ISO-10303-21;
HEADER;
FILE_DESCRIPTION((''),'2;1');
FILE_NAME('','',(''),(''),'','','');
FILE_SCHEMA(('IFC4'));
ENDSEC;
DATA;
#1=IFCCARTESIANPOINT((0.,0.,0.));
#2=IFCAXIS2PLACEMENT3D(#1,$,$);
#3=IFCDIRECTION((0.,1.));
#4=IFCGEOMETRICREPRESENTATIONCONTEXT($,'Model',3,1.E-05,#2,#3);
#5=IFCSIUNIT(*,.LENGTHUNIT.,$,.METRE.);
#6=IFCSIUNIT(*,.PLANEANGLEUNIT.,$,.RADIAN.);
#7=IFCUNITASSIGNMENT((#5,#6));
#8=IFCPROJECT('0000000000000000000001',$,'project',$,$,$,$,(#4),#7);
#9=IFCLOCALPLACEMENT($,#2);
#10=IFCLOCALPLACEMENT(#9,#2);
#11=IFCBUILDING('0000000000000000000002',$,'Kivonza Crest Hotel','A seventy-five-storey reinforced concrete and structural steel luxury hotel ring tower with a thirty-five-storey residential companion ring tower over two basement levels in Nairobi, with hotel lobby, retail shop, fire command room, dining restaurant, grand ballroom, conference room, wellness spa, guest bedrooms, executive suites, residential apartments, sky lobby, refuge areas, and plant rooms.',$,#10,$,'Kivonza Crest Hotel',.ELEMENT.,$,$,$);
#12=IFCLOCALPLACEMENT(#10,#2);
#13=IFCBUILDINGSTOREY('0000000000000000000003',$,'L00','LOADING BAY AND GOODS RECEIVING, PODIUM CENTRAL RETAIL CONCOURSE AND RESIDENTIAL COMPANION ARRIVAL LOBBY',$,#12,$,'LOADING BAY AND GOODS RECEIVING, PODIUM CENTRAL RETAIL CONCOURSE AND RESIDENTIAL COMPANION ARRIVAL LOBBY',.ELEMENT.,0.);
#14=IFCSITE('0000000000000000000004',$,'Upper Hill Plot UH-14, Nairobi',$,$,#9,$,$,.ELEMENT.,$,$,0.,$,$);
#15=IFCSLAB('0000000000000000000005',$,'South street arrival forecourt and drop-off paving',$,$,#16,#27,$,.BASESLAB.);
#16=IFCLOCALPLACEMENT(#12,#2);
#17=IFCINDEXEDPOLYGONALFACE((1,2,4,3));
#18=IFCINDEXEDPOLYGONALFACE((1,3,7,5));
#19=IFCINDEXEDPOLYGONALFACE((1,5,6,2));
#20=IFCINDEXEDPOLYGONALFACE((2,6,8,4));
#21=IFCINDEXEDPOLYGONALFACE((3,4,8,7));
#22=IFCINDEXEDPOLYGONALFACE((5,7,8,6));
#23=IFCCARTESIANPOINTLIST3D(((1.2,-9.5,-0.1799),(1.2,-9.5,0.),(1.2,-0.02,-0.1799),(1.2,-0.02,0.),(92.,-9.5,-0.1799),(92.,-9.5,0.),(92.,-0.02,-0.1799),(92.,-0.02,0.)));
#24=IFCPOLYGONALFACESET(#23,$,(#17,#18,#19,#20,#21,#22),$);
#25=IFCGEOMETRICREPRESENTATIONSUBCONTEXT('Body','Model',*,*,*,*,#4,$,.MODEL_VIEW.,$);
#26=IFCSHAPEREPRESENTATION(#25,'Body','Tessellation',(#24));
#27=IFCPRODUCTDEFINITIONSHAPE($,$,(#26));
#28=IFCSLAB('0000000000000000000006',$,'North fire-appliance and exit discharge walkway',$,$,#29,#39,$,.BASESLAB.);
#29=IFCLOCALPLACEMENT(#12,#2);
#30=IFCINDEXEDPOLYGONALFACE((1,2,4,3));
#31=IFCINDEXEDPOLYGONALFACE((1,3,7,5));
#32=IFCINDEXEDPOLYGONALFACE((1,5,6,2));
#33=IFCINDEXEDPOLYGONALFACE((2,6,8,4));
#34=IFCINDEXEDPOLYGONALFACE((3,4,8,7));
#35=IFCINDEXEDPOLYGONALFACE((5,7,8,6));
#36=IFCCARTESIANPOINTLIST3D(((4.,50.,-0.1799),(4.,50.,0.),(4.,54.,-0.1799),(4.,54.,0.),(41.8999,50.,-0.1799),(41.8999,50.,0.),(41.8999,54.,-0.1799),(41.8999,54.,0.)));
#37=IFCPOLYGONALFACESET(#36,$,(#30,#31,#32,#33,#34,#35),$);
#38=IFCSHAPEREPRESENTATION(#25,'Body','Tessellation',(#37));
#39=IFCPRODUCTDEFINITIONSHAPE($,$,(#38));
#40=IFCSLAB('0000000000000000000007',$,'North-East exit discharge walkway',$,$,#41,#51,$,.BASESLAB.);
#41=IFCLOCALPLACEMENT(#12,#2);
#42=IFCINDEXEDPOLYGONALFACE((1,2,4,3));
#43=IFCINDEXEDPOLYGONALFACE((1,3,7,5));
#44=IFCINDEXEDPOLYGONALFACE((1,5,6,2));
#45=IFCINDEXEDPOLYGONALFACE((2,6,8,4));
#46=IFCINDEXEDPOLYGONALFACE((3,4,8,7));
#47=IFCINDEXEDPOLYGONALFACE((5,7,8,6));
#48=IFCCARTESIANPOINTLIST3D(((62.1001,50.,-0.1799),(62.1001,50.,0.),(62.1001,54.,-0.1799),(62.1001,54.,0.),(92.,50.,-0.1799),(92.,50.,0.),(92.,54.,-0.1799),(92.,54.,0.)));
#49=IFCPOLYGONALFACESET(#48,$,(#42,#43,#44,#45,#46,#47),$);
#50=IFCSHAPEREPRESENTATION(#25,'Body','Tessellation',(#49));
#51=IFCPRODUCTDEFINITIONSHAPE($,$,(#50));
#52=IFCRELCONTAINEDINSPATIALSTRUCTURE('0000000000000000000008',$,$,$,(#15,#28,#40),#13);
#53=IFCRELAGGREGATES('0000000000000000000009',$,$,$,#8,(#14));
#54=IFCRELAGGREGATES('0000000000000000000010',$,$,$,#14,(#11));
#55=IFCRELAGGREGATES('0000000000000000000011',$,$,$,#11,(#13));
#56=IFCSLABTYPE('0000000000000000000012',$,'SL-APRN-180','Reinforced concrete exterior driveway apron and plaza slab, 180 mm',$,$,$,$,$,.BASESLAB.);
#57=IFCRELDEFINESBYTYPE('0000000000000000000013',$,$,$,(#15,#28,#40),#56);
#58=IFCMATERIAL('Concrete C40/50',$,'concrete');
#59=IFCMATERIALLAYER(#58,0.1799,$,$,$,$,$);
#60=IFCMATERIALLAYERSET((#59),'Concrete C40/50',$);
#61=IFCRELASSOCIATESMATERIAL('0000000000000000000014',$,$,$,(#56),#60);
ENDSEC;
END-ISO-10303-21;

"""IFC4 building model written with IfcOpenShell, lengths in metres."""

from ifc_helpers import new_model, si_unit, direction, frame, origin, place, context, subcontext, project, spatial, polyline, outline, extrude, material, layer, layer_set, type_object, element, save


model = new_model("IFC4")

# Units and contexts
model_context = context("Model", 3, precision=1e-05, world=origin(), true_north=direction((0.0, 1.0)))
body_context = subcontext(model_context, "Body", "Model", "MODEL_VIEW")
ifc_project = project(units=[si_unit("LENGTHUNIT", "METRE"), si_unit("PLANEANGLEUNIT", "RADIAN")], contexts=[model_context])

# Site, building, storey
site_placement = place(None, origin())
site = spatial("IfcSite", under=ifc_project, at=site_placement, Name="Upper Hill Plot UH-14, Nairobi", CompositionType="ELEMENT", RefElevation=0.0)
building_placement = place(site_placement, origin())
building = spatial("IfcBuilding", under=site, at=building_placement, Name="Kivonza Crest Hotel", Description="A seventy-five-storey reinforced concrete and structural steel luxury hotel ring tower with a thirty-five-storey residential companion ring tower over two basement levels in Nairobi, with hotel lobby, retail shop, fire command room, dining restaurant, grand ballroom, conference room, wellness spa, guest bedrooms, executive suites, residential apartments, sky lobby, refuge areas, and plant rooms.", LongName="Kivonza Crest Hotel", CompositionType="ELEMENT")
storey_placement = place(building_placement, origin())
storey = spatial("IfcBuildingStorey", under=building, at=storey_placement, Name="L00", Description="LOADING BAY AND GOODS RECEIVING, PODIUM CENTRAL RETAIL CONCOURSE AND RESIDENTIAL COMPANION ARRIVAL LOBBY", LongName="LOADING BAY AND GOODS RECEIVING, PODIUM CENTRAL RETAIL CONCOURSE AND RESIDENTIAL COMPANION ARRIVAL LOBBY", CompositionType="ELEMENT", Elevation=0.0)

# Shared definitions
ifc_material = material(Name="Concrete C40/50", Category="concrete")

# Slabs
ifc_layer = layer(ifc_material, 0.1799)
ifc_layer_set = layer_set([ifc_layer], Name="Concrete C40/50")
slab_type = type_object("IfcSlabType", Name="SL-APRN-180", Description="Reinforced concrete exterior driveway apron and plaza slab, 180 mm", PredefinedType="BASESLAB", material=ifc_layer_set)
slab_1_placement = place(storey_placement, frame((0.0, 0.0, -0.1799)))
element("IfcSlab", 1, at=slab_1_placement, inside=storey, type_object=slab_type, Name="South street arrival forecourt and drop-off paving", PredefinedType="BASESLAB", context=body_context, shape_type="SweptSolid", body=[
    extrude(outline(polyline([(1.2, -9.5), (92.0, -9.5), (92.0, -0.02), (1.2, -0.02), (1.2, -9.5)])), origin(), (0.0, 0.0, 1.0), 0.1799),
])
slab_2_placement = place(storey_placement, frame((0.0, 0.0, -0.1799)))
element("IfcSlab", 2, at=slab_2_placement, inside=storey, type_object=slab_type, Name="North fire-appliance and exit discharge walkway", PredefinedType="BASESLAB", context=body_context, shape_type="SweptSolid", body=[
    extrude(outline(polyline([(4.0, 50.0), (41.8999, 50.0), (41.8999, 54.0), (4.0, 54.0), (4.0, 50.0)])), origin(), (0.0, 0.0, 1.0), 0.1799),
])
slab_3_placement = place(storey_placement, frame((0.0, 0.0, -0.1799)))
element("IfcSlab", 3, at=slab_3_placement, inside=storey, type_object=slab_type, Name="North-East exit discharge walkway", PredefinedType="BASESLAB", context=body_context, shape_type="SweptSolid", body=[
    extrude(outline(polyline([(62.1001, 50.0), (92.0, 50.0), (92.0, 54.0), (62.1001, 54.0), (62.1001, 50.0)])), origin(), (0.0, 0.0, 1.0), 0.1799),
])

save(model, "model.ifc")
